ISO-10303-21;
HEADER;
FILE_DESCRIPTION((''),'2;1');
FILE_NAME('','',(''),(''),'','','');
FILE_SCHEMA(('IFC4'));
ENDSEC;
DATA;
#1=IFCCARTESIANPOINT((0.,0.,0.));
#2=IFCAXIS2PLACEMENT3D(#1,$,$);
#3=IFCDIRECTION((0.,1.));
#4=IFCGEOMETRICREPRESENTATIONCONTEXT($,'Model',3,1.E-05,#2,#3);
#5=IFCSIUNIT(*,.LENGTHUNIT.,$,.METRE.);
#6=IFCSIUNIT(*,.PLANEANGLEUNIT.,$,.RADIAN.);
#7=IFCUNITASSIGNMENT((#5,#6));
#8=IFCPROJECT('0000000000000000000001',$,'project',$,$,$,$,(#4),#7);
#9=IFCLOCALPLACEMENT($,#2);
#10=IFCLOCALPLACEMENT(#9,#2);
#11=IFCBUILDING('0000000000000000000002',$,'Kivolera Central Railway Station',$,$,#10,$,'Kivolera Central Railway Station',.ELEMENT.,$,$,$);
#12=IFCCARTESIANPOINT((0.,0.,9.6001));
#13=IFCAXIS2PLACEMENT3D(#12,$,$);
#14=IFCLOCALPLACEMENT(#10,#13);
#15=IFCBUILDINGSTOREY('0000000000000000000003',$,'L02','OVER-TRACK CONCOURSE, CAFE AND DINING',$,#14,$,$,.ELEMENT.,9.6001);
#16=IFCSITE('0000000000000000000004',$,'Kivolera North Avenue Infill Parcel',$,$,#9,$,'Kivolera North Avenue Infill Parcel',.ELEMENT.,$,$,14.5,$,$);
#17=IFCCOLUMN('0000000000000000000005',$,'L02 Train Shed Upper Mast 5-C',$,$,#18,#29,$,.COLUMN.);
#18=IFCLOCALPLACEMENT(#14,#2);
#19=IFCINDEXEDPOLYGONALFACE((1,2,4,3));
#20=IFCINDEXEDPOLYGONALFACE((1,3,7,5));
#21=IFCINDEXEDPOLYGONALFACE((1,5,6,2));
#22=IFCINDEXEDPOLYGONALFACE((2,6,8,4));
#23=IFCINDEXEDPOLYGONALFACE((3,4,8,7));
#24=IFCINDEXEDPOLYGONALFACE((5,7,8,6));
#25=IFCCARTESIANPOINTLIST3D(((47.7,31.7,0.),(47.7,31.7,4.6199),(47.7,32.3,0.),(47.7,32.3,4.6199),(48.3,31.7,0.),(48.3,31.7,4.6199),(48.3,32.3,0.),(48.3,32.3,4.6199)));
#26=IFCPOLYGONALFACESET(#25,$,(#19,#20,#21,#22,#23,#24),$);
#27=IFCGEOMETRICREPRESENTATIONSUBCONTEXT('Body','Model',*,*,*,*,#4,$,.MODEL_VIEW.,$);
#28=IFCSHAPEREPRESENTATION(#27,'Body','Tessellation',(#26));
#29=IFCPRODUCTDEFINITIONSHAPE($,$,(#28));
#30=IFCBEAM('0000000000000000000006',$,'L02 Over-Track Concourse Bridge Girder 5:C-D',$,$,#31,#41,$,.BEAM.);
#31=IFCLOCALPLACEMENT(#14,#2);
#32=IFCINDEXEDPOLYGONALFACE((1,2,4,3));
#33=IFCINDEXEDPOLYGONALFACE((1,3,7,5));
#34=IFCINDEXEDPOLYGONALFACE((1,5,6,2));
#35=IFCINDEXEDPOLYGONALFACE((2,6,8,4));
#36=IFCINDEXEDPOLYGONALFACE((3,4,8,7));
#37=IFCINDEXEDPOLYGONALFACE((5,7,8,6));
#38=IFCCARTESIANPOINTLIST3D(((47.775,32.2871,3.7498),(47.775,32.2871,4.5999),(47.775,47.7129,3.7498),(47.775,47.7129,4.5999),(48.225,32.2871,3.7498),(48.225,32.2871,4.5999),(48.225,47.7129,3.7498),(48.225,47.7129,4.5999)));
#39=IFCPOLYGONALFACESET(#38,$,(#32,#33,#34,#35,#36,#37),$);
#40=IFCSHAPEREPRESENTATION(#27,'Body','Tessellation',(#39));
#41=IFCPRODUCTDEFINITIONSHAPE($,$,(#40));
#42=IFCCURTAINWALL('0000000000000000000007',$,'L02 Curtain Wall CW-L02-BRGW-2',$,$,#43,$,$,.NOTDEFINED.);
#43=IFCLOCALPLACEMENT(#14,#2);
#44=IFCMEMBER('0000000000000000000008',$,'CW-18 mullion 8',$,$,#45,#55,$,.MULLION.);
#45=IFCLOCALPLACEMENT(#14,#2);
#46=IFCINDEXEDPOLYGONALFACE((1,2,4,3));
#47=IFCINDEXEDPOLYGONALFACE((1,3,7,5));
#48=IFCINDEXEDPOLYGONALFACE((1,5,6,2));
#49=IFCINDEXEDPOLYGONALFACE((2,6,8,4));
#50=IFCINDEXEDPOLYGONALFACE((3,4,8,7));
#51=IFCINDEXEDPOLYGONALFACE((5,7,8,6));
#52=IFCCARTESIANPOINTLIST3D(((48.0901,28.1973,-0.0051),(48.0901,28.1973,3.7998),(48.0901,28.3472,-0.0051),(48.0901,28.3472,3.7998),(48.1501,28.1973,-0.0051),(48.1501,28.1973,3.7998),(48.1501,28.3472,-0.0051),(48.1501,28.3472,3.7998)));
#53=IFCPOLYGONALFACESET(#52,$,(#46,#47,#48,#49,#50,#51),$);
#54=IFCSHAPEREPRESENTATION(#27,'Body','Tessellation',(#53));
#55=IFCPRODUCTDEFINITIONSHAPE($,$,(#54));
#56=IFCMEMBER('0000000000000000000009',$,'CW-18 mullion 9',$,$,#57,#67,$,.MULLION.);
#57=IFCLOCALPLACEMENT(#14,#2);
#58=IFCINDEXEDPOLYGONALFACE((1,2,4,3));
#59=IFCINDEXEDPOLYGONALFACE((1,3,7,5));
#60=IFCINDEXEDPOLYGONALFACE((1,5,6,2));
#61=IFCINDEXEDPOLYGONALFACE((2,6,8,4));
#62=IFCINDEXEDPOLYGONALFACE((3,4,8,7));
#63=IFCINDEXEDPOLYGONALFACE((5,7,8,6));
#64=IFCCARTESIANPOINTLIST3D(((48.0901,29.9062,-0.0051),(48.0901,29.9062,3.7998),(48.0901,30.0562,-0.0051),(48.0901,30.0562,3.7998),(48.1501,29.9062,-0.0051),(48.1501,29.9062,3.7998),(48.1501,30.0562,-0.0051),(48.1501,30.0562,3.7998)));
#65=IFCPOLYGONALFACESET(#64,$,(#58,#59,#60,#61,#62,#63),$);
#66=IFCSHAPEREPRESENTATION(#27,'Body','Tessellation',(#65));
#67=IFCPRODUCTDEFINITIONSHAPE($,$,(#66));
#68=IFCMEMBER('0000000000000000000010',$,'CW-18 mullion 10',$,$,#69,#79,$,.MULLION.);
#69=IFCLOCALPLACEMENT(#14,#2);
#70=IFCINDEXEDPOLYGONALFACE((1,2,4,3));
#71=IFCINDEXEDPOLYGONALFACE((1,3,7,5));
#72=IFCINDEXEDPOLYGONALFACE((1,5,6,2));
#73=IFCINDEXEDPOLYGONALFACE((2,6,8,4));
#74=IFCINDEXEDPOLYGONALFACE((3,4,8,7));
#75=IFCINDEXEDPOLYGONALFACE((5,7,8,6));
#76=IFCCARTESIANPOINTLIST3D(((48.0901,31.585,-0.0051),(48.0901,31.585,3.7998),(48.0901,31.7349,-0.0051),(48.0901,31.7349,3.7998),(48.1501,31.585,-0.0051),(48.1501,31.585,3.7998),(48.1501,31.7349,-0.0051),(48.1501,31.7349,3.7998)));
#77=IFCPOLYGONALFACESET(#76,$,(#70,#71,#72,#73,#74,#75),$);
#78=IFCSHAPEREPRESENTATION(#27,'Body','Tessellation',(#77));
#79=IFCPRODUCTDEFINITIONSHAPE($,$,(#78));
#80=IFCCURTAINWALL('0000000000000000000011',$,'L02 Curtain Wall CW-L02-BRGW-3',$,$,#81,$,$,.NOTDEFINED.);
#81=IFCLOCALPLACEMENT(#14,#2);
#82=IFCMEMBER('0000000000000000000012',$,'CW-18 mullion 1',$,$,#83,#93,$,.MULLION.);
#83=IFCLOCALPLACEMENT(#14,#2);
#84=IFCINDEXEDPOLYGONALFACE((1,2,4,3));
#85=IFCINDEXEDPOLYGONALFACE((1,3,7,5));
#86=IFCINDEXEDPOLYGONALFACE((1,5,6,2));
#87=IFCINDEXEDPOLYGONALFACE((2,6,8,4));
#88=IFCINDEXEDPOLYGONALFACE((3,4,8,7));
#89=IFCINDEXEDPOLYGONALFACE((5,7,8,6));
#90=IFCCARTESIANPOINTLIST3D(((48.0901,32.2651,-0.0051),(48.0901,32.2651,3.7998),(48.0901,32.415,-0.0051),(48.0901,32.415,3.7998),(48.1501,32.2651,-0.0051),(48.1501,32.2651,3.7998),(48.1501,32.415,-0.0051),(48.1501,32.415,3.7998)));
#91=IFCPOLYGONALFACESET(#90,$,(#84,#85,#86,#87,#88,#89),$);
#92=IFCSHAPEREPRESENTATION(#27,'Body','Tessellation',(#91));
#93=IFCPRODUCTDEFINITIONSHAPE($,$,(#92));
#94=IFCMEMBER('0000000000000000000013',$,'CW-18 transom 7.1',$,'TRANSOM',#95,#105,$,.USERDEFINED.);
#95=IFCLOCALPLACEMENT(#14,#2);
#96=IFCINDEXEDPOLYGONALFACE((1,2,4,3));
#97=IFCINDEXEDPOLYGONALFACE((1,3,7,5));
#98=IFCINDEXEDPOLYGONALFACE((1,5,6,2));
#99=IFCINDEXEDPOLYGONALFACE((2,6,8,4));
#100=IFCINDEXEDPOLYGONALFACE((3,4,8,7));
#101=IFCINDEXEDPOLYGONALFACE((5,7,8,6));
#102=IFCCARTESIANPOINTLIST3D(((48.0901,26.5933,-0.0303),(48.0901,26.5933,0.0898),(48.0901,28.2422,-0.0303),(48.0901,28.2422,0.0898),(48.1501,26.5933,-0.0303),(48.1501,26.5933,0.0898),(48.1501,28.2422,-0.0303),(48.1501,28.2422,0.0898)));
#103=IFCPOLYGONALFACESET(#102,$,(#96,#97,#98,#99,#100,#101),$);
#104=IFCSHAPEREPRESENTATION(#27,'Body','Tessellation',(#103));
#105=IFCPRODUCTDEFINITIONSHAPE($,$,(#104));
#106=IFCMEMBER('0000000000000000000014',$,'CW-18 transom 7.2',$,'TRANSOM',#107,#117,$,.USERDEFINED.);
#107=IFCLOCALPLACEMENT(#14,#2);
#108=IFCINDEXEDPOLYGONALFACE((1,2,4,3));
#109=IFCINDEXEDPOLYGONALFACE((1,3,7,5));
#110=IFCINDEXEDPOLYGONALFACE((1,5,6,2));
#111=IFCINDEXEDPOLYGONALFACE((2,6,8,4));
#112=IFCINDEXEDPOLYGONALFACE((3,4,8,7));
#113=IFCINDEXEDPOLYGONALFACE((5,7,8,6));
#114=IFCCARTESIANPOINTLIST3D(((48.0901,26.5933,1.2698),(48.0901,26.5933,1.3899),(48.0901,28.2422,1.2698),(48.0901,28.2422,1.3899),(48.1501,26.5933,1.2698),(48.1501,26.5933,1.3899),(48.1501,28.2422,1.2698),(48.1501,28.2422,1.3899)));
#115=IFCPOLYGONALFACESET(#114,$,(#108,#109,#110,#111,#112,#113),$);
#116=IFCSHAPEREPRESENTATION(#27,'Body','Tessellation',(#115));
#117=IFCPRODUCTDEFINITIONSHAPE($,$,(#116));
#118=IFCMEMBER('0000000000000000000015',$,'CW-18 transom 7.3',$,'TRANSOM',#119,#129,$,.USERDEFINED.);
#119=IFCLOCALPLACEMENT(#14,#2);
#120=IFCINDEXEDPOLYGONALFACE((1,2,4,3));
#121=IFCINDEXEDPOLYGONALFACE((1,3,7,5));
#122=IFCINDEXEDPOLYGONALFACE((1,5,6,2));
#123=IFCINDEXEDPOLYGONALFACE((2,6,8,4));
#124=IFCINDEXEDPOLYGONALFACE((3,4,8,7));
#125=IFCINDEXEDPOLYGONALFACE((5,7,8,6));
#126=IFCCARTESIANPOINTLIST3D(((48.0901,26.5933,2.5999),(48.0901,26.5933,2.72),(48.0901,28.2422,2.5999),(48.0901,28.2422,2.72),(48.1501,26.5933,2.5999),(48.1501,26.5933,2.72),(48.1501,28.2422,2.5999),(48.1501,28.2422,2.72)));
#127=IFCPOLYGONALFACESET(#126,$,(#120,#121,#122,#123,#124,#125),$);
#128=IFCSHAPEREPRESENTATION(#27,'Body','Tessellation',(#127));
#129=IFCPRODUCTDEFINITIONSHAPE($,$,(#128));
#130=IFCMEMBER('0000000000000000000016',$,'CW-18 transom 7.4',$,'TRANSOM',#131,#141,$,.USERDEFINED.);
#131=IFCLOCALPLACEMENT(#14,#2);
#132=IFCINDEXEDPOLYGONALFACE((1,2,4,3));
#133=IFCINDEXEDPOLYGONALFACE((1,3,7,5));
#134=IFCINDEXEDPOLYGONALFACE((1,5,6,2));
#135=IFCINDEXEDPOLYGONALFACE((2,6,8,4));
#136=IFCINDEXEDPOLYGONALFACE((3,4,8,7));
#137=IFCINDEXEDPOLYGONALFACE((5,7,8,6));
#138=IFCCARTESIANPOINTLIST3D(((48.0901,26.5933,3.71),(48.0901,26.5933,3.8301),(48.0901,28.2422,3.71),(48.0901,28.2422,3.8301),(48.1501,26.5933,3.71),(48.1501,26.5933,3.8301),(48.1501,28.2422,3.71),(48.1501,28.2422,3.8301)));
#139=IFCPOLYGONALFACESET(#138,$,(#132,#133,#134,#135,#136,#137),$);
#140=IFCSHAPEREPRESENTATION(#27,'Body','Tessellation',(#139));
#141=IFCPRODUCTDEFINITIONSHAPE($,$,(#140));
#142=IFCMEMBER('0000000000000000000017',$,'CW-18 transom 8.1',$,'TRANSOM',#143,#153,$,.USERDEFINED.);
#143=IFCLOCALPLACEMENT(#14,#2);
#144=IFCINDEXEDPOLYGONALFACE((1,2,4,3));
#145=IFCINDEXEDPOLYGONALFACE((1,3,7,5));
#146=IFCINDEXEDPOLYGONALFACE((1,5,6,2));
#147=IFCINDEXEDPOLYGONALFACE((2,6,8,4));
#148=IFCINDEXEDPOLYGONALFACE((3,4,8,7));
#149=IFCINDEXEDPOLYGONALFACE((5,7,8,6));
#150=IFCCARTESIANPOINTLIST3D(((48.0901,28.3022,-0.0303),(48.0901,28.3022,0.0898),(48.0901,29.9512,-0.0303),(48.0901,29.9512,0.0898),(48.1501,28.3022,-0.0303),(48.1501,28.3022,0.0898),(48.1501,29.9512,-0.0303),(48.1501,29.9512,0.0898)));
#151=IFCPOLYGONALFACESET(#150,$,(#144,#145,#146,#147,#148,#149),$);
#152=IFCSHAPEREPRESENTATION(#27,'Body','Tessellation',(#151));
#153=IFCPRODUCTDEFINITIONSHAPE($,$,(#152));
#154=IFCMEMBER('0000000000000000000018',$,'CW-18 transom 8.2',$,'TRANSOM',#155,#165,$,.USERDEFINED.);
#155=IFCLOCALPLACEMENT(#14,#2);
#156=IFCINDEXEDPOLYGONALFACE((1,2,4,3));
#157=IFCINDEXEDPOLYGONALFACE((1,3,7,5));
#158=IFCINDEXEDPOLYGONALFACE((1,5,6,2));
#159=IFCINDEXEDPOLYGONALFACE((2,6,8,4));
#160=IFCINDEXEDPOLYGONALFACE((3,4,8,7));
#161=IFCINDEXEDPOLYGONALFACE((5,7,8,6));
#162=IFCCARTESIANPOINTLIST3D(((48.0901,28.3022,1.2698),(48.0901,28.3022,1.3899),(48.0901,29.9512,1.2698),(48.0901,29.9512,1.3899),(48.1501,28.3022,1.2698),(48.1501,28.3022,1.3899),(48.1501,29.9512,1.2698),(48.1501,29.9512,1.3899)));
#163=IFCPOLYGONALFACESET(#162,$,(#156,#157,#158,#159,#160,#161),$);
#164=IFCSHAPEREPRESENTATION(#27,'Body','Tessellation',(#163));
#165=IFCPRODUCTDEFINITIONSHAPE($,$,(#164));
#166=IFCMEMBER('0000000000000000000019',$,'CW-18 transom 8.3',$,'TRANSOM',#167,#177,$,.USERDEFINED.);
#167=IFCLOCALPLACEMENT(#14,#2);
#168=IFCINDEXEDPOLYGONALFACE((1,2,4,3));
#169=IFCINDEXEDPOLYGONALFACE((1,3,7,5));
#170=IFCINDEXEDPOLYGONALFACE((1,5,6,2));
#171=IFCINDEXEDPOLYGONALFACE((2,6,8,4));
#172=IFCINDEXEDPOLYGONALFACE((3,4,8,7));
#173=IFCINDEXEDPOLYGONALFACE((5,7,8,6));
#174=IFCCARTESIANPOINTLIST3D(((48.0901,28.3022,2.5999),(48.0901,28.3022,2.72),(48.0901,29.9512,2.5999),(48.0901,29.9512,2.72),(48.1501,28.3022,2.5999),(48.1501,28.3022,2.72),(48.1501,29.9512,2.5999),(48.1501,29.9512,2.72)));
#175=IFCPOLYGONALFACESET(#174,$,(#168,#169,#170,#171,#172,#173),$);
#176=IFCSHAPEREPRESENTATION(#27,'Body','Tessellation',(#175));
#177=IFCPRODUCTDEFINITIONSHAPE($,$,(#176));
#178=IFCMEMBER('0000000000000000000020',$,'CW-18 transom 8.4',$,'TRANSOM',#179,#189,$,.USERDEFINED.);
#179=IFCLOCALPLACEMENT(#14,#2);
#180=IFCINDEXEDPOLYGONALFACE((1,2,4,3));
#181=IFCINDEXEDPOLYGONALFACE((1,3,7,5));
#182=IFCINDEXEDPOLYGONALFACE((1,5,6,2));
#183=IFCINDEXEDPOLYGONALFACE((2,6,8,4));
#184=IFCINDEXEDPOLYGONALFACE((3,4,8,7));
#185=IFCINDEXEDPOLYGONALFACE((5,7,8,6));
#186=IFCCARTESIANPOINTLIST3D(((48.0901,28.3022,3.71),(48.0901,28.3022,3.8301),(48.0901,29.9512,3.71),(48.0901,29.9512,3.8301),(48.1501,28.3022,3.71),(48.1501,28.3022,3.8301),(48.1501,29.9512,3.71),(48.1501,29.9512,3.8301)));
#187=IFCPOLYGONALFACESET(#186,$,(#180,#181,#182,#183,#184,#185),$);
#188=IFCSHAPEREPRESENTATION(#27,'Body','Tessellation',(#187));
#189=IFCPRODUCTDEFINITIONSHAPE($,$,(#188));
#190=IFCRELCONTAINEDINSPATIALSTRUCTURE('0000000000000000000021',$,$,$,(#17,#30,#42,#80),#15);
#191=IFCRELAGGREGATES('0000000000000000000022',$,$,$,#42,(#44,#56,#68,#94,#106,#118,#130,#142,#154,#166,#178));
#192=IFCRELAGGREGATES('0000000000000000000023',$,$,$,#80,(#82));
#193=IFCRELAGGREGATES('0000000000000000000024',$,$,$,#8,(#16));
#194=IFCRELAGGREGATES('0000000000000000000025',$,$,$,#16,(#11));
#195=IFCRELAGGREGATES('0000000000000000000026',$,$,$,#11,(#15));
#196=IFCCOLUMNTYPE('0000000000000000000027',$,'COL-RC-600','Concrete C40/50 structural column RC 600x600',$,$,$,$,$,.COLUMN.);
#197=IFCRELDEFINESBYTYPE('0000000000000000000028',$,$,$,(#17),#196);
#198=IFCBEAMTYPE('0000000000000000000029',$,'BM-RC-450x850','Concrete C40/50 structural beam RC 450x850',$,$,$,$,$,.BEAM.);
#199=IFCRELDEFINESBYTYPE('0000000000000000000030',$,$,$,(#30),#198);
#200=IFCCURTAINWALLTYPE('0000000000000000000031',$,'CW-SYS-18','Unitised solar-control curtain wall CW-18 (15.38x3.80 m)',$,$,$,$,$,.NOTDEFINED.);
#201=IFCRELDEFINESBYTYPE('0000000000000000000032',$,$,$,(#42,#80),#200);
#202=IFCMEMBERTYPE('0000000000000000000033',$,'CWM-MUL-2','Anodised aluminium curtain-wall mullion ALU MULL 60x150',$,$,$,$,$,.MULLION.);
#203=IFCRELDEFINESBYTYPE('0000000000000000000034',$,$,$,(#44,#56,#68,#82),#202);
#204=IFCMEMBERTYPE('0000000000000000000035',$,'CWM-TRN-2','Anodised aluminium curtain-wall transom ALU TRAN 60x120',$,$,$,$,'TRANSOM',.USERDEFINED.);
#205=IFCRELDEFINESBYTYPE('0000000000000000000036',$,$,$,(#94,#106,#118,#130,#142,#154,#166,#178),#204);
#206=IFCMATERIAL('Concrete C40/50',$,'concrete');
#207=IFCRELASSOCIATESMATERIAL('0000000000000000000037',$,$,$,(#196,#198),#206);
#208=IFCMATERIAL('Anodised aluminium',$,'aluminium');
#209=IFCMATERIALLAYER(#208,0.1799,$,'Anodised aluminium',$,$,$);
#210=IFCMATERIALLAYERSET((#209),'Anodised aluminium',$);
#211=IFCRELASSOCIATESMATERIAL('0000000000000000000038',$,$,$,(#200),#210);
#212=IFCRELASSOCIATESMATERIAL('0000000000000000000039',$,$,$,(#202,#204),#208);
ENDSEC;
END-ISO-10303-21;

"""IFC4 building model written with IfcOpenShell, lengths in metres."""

from ifc_helpers import new_model, si_unit, direction, frame, origin, origin_2d, place, context, subcontext, project, spatial, rectangle, extrude, material, layer, layer_set, material_profile, profile_set, type_object, element, aggregate, save


model = new_model("IFC4")

# Units and contexts
model_context = context("Model", 3, precision=1e-05, world=origin(), true_north=direction((0.0, 1.0)))
body_context = subcontext(model_context, "Body", "Model", "MODEL_VIEW")
ifc_project = project(units=[si_unit("LENGTHUNIT", "METRE"), si_unit("PLANEANGLEUNIT", "RADIAN")], contexts=[model_context])

# Site, building, storey
site_placement = place(None, origin())
site = spatial("IfcSite", under=ifc_project, at=site_placement, Name="Kivolera North Avenue Infill Parcel", LongName="Kivolera North Avenue Infill Parcel", CompositionType="ELEMENT", RefElevation=14.5)
building_placement = place(site_placement, origin())
building = spatial("IfcBuilding", under=site, at=building_placement, Name="Kivolera Central Railway Station", LongName="Kivolera Central Railway Station", CompositionType="ELEMENT")
storey_placement = place(building_placement, frame((0.0, 0.0, 9.6001)))
storey = spatial("IfcBuildingStorey", under=building, at=storey_placement, Name="L02", Description="OVER-TRACK CONCOURSE, CAFE AND DINING", CompositionType="ELEMENT", Elevation=9.6001)

# Column
ifc_material_1 = material(Name="Concrete C40/50", Category="concrete")
ifc_material_profile_1 = material_profile(ifc_material_1, rectangle(XDim=0.6001, YDim=0.6001, at=origin_2d()), Name="RC 600x600")
ifc_profile_set_1 = profile_set([ifc_material_profile_1], Name="Concrete C40/50")
column_type = type_object("IfcColumnType", Name="COL-RC-600", Description="Concrete C40/50 structural column RC 600x600", PredefinedType="COLUMN", material=ifc_profile_set_1)
column_placement = place(storey_placement, frame((48.0, 32.0, 0.0), z_axis=(0.0, 0.0, 1.0), x_axis=(1.0, 0.0, 0.0)))
element("IfcColumn", 1, at=column_placement, inside=storey, type_object=column_type, Name="L02 Train Shed Upper Mast 5-C", PredefinedType="COLUMN", context=body_context, shape_type="SweptSolid", body=[
    extrude(rectangle(XDim=0.6001, YDim=0.6001, at=origin_2d()), origin(), (0.0, 0.0, 1.0), 4.6199),
])

# Beam
ifc_material_profile_2 = material_profile(ifc_material_1, rectangle(XDim=0.45, YDim=0.8501, at=origin_2d()), Name="RC 450x850")
ifc_profile_set_2 = profile_set([ifc_material_profile_2], Name="Concrete C40/50")
beam_type = type_object("IfcBeamType", Name="BM-RC-450x850", Description="Concrete C40/50 structural beam RC 450x850", PredefinedType="BEAM", material=ifc_profile_set_2)
beam_placement = place(storey_placement, frame((48.0, 32.2871, 4.1748), z_axis=(0.0, 1.0, 0.0), x_axis=(-1.0, 0.0, 0.0)))
element("IfcBeam", 2, at=beam_placement, inside=storey, type_object=beam_type, Name="L02 Over-Track Concourse Bridge Girder 5:C-D", PredefinedType="BEAM", context=body_context, shape_type="SweptSolid", body=[
    extrude(rectangle(XDim=0.45, YDim=0.8501, at=origin_2d()), origin(), (0.0, 0.0, 1.0), 15.4258),
])

# Curtain wall, members
ifc_material_2 = material(Name="Anodised aluminium", Category="aluminium")
ifc_layer_1 = layer(ifc_material_2, 0.1799, Name="Anodised aluminium")
ifc_layer_set_1 = layer_set([ifc_layer_1], Name="Anodised aluminium")
curtain_wall_type = type_object("IfcCurtainWallType", Name="CW-SYS-18", Description="Unitised solar-control curtain wall CW-18 (15.38x3.80 m)", PredefinedType="NOTDEFINED", material=ifc_layer_set_1)
curtain_wall_1_placement = place(storey_placement, origin())
curtain_wall_1 = element("IfcCurtainWall", 3, at=curtain_wall_1_placement, inside=storey, type_object=curtain_wall_type, Name="L02 Curtain Wall CW-L02-BRGW-2", PredefinedType="NOTDEFINED")
ifc_material_profile_3 = material_profile(ifc_material_2, rectangle(XDim=0.0601, YDim=0.1499, at=origin_2d()), Name="ALU MULL 60x150")
ifc_profile_set_3 = profile_set([ifc_material_profile_3], Name="Anodised aluminium")
member_type_1 = type_object("IfcMemberType", Name="CWM-MUL-2", Description="Anodised aluminium curtain-wall mullion ALU MULL 60x150", PredefinedType="MULLION", material=ifc_profile_set_3)
member_1_placement = place(storey_placement, frame((48.1201, 28.2722, -0.0051), z_axis=(0.0, 0.0, 1.0), x_axis=(-1.0, 0.0, 0.0)))
member_1 = element("IfcMember", 4, at=member_1_placement, type_object=member_type_1, Name="CW-18 mullion 8", PredefinedType="MULLION", context=body_context, shape_type="SweptSolid", body=[
    extrude(rectangle(XDim=0.0601, YDim=0.1499, at=origin_2d()), origin(), (0.0, 0.0, 1.0), 3.8049),
])
member_2_placement = place(storey_placement, frame((48.1201, 29.9812, -0.0051), z_axis=(0.0, 0.0, 1.0), x_axis=(-1.0, 0.0, 0.0)))
member_2 = element("IfcMember", 5, at=member_2_placement, type_object=member_type_1, Name="CW-18 mullion 9", PredefinedType="MULLION", context=body_context, shape_type="SweptSolid", body=[
    extrude(rectangle(XDim=0.0601, YDim=0.1499, at=origin_2d()), origin(), (0.0, 0.0, 1.0), 3.8049),
])
member_3_placement = place(storey_placement, frame((48.1201, 31.6599, -0.0051), z_axis=(0.0, 0.0, 1.0), x_axis=(-1.0, 0.0, 0.0)))
member_3 = element("IfcMember", 6, at=member_3_placement, type_object=member_type_1, Name="CW-18 mullion 10", PredefinedType="MULLION", context=body_context, shape_type="SweptSolid", body=[
    extrude(rectangle(XDim=0.0601, YDim=0.1499, at=origin_2d()), origin(), (0.0, 0.0, 1.0), 3.8049),
])

# Curtain wall, member
curtain_wall_2_placement = place(storey_placement, origin())
curtain_wall_2 = element("IfcCurtainWall", 7, at=curtain_wall_2_placement, inside=storey, type_object=curtain_wall_type, Name="L02 Curtain Wall CW-L02-BRGW-3", PredefinedType="NOTDEFINED")
member_4_placement = place(storey_placement, frame((48.1201, 32.3401, -0.0051), z_axis=(0.0, 0.0, 1.0), x_axis=(-1.0, 0.0, 0.0)))
member_4 = element("IfcMember", 8, at=member_4_placement, type_object=member_type_1, Name="CW-18 mullion 1", PredefinedType="MULLION", context=body_context, shape_type="SweptSolid", body=[
    extrude(rectangle(XDim=0.0601, YDim=0.1499, at=origin_2d()), origin(), (0.0, 0.0, 1.0), 3.8049),
])

# Members
ifc_material_profile_4 = material_profile(ifc_material_2, rectangle(XDim=0.0601, YDim=0.1201, at=origin_2d()), Name="ALU TRAN 60x120")
ifc_profile_set_4 = profile_set([ifc_material_profile_4], Name="Anodised aluminium")
member_type_2 = type_object("IfcMemberType", Name="CWM-TRN-2", Description="Anodised aluminium curtain-wall transom ALU TRAN 60x120", ElementType="TRANSOM", PredefinedType="USERDEFINED", material=ifc_profile_set_4)
member_5_placement = place(storey_placement, frame((48.1201, 26.5933, 0.0298), z_axis=(0.0, 1.0, 0.0), x_axis=(-1.0, 0.0, 0.0)))
member_5 = element("IfcMember", 9, at=member_5_placement, type_object=member_type_2, Name="CW-18 transom 7.1", ObjectType="TRANSOM", PredefinedType="USERDEFINED", context=body_context, shape_type="SweptSolid", body=[
    extrude(rectangle(XDim=0.0601, YDim=0.1201, at=origin_2d()), origin(), (0.0, 0.0, 1.0), 1.6489),
])
member_6_placement = place(storey_placement, frame((48.1201, 26.5933, 1.3298), z_axis=(0.0, 1.0, 0.0), x_axis=(-1.0, 0.0, 0.0)))
member_6 = element("IfcMember", 10, at=member_6_placement, type_object=member_type_2, Name="CW-18 transom 7.2", ObjectType="TRANSOM", PredefinedType="USERDEFINED", context=body_context, shape_type="SweptSolid", body=[
    extrude(rectangle(XDim=0.0601, YDim=0.1201, at=origin_2d()), origin(), (0.0, 0.0, 1.0), 1.6489),
])
member_7_placement = place(storey_placement, frame((48.1201, 26.5933, 2.6599), z_axis=(0.0, 1.0, 0.0), x_axis=(-1.0, 0.0, 0.0)))
member_7 = element("IfcMember", 11, at=member_7_placement, type_object=member_type_2, Name="CW-18 transom 7.3", ObjectType="TRANSOM", PredefinedType="USERDEFINED", context=body_context, shape_type="SweptSolid", body=[
    extrude(rectangle(XDim=0.0601, YDim=0.1201, at=origin_2d()), origin(), (0.0, 0.0, 1.0), 1.6489),
])
member_8_placement = place(storey_placement, frame((48.1201, 26.5933, 3.77), z_axis=(0.0, 1.0, 0.0), x_axis=(-1.0, 0.0, 0.0)))
member_8 = element("IfcMember", 12, at=member_8_placement, type_object=member_type_2, Name="CW-18 transom 7.4", ObjectType="TRANSOM", PredefinedType="USERDEFINED", context=body_context, shape_type="SweptSolid", body=[
    extrude(rectangle(XDim=0.0601, YDim=0.1201, at=origin_2d()), origin(), (0.0, 0.0, 1.0), 1.6489),
])
member_9_placement = place(storey_placement, frame((48.1201, 28.3022, 0.0298), z_axis=(0.0, 1.0, 0.0), x_axis=(-1.0, 0.0, 0.0)))
member_9 = element("IfcMember", 13, at=member_9_placement, type_object=member_type_2, Name="CW-18 transom 8.1", ObjectType="TRANSOM", PredefinedType="USERDEFINED", context=body_context, shape_type="SweptSolid", body=[
    extrude(rectangle(XDim=0.0601, YDim=0.1201, at=origin_2d()), origin(), (0.0, 0.0, 1.0), 1.6489),
])
member_10_placement = place(storey_placement, frame((48.1201, 28.3022, 1.3298), z_axis=(0.0, 1.0, 0.0), x_axis=(-1.0, 0.0, 0.0)))
member_10 = element("IfcMember", 14, at=member_10_placement, type_object=member_type_2, Name="CW-18 transom 8.2", ObjectType="TRANSOM", PredefinedType="USERDEFINED", context=body_context, shape_type="SweptSolid", body=[
    extrude(rectangle(XDim=0.0601, YDim=0.1201, at=origin_2d()), origin(), (0.0, 0.0, 1.0), 1.6489),
])
member_11_placement = place(storey_placement, frame((48.1201, 28.3022, 2.6599), z_axis=(0.0, 1.0, 0.0), x_axis=(-1.0, 0.0, 0.0)))
member_11 = element("IfcMember", 15, at=member_11_placement, type_object=member_type_2, Name="CW-18 transom 8.3", ObjectType="TRANSOM", PredefinedType="USERDEFINED", context=body_context, shape_type="SweptSolid", body=[
    extrude(rectangle(XDim=0.0601, YDim=0.1201, at=origin_2d()), origin(), (0.0, 0.0, 1.0), 1.6489),
])
member_12_placement = place(storey_placement, frame((48.1201, 28.3022, 3.77), z_axis=(0.0, 1.0, 0.0), x_axis=(-1.0, 0.0, 0.0)))
member_12 = element("IfcMember", 16, at=member_12_placement, type_object=member_type_2, Name="CW-18 transom 8.4", ObjectType="TRANSOM", PredefinedType="USERDEFINED", context=body_context, shape_type="SweptSolid", body=[
    extrude(rectangle(XDim=0.0601, YDim=0.1201, at=origin_2d()), origin(), (0.0, 0.0, 1.0), 1.6489),
])

aggregate(curtain_wall_1, [member_1, member_2, member_3, member_5, member_6, member_7, member_8, member_9, member_10, member_11, member_12])
aggregate(curtain_wall_2, [member_4])

save(model, "model.ifc")
